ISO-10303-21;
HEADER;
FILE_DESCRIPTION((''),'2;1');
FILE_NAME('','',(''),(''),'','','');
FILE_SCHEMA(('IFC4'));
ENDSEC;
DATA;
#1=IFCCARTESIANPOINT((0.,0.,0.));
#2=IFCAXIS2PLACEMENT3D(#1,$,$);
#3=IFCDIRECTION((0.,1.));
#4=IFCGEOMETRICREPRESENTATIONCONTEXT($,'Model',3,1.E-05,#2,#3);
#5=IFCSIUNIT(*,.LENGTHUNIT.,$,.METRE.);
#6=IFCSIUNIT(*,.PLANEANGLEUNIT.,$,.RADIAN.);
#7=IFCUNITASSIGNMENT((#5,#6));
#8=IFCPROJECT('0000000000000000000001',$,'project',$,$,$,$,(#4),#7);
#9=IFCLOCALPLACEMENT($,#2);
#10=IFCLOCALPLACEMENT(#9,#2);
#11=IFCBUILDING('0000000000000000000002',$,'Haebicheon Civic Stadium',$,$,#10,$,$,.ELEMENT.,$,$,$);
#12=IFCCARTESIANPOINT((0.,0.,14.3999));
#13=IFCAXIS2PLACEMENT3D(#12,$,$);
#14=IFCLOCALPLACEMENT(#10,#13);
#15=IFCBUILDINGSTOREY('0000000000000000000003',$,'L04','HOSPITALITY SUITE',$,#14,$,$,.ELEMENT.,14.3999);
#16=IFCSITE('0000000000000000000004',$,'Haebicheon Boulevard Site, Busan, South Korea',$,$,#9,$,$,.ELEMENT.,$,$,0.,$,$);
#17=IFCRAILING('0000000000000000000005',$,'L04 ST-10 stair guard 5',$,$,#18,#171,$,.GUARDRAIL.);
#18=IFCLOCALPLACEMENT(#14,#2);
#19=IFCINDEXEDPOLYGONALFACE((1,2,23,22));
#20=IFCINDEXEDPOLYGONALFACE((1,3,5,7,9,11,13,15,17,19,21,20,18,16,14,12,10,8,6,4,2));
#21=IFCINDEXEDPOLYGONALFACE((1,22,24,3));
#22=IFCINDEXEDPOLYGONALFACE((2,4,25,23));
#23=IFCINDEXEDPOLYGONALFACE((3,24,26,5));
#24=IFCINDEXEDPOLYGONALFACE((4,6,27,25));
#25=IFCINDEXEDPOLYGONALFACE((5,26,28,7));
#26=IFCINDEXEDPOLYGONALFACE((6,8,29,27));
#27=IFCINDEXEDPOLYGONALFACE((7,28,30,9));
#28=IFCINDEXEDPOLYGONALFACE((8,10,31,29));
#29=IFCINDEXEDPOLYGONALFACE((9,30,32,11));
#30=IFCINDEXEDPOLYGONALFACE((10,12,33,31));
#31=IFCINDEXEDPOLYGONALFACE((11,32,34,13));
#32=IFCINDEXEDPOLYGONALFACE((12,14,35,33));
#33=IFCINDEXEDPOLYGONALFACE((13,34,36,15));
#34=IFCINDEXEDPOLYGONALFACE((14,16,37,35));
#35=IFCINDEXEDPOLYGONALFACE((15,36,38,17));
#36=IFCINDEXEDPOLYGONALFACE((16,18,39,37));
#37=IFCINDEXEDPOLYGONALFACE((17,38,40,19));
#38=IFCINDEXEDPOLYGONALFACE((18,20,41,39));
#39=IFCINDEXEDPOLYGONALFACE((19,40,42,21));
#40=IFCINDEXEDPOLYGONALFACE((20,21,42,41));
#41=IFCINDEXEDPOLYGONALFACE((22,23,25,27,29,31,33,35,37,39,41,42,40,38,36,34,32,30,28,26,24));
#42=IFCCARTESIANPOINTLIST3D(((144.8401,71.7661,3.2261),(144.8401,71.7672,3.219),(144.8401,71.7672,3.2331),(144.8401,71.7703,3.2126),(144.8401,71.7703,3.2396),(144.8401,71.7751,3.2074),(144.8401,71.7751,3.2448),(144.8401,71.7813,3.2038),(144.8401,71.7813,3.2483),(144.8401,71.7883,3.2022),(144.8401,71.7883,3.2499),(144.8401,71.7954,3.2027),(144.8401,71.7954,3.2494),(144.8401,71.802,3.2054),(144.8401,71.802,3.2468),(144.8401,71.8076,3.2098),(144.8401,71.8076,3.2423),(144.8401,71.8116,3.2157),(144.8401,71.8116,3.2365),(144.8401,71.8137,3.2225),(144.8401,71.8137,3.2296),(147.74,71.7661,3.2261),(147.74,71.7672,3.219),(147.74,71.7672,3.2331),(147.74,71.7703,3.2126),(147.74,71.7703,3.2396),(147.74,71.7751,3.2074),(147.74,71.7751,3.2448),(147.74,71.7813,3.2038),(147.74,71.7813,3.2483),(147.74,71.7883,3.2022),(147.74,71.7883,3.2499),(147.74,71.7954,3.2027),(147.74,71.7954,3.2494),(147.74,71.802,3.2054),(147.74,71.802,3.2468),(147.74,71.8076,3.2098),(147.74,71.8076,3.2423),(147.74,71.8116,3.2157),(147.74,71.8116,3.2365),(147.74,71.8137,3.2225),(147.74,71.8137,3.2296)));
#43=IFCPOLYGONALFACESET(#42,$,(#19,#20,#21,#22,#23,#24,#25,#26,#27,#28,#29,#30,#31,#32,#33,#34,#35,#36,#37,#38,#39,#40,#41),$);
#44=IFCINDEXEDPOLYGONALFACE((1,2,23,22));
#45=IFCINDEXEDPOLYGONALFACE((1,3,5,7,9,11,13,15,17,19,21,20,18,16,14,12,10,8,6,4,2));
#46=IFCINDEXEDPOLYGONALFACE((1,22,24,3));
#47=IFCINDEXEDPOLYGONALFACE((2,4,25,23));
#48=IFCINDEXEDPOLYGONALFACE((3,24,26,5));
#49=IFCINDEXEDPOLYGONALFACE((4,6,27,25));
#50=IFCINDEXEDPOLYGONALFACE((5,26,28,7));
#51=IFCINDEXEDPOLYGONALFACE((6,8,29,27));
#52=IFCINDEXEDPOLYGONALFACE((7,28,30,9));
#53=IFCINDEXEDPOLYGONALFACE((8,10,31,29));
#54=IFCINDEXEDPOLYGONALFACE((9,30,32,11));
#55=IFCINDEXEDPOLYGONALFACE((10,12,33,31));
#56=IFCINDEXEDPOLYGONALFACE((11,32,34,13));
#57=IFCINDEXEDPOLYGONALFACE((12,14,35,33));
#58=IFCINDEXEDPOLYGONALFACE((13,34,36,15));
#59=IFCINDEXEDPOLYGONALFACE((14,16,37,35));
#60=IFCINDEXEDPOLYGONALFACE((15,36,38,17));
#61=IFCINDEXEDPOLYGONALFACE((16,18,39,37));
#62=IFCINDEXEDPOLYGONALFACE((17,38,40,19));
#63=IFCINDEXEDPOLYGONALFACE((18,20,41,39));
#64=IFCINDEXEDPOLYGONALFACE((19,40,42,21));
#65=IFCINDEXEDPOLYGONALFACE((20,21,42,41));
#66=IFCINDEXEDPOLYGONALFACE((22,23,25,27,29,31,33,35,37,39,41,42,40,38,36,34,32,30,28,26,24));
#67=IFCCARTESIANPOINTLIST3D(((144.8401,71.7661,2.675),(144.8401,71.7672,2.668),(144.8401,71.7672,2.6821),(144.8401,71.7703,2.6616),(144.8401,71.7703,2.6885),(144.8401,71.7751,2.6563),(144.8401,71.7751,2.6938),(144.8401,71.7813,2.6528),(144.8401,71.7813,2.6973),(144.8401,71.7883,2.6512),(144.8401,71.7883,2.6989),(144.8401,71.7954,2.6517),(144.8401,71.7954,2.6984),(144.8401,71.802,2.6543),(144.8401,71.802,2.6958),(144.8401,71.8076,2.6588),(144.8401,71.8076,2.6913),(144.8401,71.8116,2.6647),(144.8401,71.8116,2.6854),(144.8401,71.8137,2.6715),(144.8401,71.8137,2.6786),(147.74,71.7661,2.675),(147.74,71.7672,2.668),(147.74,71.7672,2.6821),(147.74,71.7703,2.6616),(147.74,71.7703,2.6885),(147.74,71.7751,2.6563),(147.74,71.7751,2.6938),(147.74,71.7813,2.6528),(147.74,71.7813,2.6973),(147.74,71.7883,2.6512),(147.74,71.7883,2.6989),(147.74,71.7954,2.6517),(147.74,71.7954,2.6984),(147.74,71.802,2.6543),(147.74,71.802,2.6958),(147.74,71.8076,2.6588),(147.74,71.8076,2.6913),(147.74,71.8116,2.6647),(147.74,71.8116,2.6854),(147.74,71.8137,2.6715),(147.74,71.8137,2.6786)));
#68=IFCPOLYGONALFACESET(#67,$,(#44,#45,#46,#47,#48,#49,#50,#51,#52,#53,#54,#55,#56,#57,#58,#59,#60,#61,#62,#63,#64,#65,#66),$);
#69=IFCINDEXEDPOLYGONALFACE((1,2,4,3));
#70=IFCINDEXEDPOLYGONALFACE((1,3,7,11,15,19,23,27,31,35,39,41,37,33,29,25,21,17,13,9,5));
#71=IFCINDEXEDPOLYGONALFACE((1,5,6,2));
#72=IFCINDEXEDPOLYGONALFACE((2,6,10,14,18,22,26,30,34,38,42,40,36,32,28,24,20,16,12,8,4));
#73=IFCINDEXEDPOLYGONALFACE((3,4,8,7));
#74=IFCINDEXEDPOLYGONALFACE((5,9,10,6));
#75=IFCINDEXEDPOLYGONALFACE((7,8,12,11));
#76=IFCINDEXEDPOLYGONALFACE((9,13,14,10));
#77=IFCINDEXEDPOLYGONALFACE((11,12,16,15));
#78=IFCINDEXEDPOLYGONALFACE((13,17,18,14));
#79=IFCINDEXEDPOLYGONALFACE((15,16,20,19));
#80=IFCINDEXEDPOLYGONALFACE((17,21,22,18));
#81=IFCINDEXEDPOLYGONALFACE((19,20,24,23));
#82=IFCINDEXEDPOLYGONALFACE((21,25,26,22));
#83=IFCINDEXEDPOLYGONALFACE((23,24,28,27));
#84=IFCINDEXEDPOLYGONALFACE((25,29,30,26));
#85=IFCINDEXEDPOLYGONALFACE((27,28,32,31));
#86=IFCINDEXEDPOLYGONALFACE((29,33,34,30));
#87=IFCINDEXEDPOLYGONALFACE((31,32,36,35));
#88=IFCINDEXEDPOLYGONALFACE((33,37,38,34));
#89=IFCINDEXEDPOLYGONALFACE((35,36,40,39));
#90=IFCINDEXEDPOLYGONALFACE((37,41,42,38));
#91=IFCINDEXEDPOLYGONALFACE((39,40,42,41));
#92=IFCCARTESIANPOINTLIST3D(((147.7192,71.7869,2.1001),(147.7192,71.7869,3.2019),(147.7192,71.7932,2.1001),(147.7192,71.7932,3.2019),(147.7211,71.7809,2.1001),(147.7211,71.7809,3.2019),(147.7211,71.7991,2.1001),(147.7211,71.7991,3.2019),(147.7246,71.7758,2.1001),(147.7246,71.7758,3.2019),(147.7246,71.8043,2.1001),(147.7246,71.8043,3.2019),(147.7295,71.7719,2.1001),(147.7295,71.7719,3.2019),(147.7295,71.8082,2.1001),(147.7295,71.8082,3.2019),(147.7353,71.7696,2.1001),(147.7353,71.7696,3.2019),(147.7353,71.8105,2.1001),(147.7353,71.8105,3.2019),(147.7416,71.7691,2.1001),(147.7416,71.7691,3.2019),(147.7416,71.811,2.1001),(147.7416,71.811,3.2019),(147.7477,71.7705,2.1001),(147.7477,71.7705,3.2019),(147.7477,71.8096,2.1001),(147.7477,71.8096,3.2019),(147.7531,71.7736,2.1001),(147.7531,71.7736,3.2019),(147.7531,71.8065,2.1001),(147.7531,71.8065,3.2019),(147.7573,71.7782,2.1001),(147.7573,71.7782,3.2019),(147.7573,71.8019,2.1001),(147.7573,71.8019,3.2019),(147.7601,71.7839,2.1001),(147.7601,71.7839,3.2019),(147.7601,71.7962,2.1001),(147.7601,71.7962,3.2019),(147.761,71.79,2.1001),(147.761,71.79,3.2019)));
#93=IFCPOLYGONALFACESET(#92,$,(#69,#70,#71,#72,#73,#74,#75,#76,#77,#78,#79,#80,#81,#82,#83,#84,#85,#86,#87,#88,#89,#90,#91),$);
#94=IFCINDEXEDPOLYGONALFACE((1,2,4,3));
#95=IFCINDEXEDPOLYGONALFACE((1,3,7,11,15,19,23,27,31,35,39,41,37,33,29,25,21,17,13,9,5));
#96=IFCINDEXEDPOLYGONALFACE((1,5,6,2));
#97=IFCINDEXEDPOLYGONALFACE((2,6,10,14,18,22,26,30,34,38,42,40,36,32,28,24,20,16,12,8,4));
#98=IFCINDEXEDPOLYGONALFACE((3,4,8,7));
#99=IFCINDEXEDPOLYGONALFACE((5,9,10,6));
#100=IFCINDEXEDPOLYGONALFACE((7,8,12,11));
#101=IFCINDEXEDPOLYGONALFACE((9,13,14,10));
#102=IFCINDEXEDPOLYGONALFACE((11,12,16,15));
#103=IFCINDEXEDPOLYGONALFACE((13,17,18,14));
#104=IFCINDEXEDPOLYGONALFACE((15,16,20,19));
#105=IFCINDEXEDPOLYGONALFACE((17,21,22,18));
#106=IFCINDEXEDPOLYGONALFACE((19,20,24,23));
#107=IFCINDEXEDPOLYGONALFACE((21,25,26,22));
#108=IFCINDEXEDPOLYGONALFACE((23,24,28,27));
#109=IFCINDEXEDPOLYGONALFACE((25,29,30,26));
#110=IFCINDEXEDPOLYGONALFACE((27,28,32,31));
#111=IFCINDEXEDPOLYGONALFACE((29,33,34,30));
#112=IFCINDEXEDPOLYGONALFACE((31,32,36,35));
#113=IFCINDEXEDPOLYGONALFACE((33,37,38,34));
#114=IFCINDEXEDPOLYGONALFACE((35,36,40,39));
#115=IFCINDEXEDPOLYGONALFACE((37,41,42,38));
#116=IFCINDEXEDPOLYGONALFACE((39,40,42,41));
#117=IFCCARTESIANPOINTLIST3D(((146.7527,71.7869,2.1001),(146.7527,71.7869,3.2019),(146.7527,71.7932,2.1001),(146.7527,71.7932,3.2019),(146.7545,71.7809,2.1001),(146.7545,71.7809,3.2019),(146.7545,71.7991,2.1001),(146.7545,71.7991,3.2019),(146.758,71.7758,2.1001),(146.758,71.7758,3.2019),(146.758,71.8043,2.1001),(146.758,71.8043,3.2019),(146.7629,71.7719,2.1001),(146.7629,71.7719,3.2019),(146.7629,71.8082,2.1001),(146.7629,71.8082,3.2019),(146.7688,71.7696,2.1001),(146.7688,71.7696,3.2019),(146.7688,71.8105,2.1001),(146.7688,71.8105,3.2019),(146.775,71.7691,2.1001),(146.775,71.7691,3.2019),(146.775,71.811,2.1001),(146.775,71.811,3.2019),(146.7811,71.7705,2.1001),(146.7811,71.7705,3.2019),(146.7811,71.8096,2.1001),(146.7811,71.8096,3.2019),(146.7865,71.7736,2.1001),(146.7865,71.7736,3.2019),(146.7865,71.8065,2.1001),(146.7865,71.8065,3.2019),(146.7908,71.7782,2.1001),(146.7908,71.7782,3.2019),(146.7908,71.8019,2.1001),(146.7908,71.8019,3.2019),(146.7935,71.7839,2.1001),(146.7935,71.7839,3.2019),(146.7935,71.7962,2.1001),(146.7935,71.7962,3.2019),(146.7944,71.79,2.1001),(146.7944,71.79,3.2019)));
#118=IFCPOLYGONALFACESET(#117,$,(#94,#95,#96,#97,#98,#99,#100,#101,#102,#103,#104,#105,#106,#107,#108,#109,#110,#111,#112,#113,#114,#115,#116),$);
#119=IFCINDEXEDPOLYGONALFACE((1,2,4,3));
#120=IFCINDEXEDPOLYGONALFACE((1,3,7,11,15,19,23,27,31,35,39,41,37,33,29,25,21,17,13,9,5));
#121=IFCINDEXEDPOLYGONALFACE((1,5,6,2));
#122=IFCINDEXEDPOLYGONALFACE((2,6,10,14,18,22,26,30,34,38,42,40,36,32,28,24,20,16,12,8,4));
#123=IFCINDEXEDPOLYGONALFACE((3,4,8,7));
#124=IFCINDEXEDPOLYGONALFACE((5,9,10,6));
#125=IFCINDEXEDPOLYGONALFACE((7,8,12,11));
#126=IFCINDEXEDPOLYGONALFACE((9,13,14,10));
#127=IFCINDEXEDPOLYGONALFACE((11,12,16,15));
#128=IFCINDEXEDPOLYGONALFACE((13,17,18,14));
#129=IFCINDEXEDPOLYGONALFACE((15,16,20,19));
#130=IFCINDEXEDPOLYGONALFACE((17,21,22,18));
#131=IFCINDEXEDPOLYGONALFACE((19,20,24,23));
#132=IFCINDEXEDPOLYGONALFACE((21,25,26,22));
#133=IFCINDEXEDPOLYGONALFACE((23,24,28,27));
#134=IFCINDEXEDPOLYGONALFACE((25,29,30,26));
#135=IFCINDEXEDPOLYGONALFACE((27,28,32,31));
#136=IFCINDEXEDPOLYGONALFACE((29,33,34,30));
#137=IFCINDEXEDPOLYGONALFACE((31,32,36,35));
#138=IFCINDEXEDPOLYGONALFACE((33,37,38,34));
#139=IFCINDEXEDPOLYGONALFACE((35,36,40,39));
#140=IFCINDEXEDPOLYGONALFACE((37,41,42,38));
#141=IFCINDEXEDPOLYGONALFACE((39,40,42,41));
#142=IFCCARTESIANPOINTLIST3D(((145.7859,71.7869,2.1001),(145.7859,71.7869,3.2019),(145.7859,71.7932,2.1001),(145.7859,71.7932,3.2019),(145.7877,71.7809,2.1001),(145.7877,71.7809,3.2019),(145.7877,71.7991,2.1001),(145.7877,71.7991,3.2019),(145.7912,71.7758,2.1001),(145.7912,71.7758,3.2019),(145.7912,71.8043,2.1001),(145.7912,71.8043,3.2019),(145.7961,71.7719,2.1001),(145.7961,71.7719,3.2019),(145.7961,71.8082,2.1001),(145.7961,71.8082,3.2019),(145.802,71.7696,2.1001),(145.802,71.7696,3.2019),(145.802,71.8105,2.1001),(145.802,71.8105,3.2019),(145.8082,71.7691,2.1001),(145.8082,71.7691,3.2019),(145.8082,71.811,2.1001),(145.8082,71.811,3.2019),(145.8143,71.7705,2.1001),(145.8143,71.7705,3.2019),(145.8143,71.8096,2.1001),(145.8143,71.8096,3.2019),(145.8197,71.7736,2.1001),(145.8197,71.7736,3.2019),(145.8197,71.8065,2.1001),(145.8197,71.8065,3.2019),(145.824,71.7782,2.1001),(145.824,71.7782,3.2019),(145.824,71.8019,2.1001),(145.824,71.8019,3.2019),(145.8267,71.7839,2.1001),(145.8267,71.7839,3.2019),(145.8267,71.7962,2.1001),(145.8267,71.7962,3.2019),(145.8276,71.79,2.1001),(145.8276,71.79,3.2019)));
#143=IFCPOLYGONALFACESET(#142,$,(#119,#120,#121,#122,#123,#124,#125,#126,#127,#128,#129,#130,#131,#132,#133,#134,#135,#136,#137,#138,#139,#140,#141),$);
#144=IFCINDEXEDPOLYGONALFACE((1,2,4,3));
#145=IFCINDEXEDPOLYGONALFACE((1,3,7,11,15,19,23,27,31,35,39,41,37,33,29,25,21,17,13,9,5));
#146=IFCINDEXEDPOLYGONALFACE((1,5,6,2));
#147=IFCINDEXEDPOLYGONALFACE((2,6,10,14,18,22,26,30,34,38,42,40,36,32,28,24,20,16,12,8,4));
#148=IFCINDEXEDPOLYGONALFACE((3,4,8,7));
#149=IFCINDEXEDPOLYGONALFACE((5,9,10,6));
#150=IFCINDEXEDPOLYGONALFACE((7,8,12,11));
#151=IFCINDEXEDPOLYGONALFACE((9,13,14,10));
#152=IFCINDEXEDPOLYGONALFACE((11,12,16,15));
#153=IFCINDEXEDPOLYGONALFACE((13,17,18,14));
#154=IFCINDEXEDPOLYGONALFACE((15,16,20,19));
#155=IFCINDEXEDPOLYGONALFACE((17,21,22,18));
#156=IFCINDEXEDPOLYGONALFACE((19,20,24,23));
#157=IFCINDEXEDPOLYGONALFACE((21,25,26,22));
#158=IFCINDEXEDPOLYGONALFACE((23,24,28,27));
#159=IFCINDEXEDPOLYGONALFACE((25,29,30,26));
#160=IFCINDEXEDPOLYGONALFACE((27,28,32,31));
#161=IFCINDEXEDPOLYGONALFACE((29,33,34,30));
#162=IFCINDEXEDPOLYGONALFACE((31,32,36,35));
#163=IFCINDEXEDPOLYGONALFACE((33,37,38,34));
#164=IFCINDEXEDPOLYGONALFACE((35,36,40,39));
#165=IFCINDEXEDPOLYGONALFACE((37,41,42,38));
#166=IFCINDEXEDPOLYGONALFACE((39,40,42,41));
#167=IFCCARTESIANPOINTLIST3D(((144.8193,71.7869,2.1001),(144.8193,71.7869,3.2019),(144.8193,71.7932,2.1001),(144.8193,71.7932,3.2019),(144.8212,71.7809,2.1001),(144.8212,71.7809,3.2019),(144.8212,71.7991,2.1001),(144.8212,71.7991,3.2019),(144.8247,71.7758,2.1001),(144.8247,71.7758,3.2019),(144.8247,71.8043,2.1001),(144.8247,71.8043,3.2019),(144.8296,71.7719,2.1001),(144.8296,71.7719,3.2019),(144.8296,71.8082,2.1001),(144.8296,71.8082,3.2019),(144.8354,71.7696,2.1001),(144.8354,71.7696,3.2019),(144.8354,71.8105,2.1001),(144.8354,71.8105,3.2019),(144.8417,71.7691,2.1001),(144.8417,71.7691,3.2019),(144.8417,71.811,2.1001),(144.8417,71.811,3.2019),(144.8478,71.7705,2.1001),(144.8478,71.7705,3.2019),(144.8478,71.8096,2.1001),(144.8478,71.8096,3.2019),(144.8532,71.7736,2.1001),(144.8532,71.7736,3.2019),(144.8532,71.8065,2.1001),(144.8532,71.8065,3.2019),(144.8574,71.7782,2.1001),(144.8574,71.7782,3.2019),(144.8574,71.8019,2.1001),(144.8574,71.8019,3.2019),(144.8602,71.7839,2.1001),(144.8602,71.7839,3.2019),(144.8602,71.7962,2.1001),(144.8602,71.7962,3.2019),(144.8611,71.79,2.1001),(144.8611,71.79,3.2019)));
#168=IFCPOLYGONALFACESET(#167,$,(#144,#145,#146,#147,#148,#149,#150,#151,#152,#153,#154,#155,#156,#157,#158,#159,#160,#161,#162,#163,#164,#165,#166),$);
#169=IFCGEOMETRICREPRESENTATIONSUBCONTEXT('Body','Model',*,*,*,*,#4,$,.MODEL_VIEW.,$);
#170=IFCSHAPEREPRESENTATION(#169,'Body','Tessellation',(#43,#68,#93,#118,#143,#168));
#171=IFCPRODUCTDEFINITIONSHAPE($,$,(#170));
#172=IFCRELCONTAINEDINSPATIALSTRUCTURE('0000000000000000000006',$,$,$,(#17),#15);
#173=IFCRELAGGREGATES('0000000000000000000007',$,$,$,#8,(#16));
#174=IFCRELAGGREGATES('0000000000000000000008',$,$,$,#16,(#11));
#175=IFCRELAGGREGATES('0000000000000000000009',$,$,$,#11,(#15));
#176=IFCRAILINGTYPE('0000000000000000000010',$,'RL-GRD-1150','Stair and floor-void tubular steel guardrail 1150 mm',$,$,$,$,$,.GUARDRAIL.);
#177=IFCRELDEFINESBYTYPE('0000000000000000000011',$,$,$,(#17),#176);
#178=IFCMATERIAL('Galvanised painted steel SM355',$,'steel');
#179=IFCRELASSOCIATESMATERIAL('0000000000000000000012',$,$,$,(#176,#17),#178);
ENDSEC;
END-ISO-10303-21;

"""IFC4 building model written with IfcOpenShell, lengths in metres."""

from ifc_helpers import new_model, si_unit, direction, frame, origin, origin_2d, place, context, subcontext, project, spatial, circle, extrude, material, type_object, element, save


model = new_model("IFC4")

# Units and contexts
model_context = context("Model", 3, precision=1e-05, world=origin(), true_north=direction((0.0, 1.0)))
body_context = subcontext(model_context, "Body", "Model", "MODEL_VIEW")
ifc_project = project(units=[si_unit("LENGTHUNIT", "METRE"), si_unit("PLANEANGLEUNIT", "RADIAN")], contexts=[model_context])

# Site, building, storey
site_placement = place(None, origin())
site = spatial("IfcSite", under=ifc_project, at=site_placement, Name="Haebicheon Boulevard Site, Busan, South Korea", CompositionType="ELEMENT", RefElevation=0.0)
building_placement = place(site_placement, origin())
building = spatial("IfcBuilding", under=site, at=building_placement, Name="Haebicheon Civic Stadium", CompositionType="ELEMENT")
storey_placement = place(building_placement, frame((0.0, 0.0, 14.3999)))
storey = spatial("IfcBuildingStorey", under=building, at=storey_placement, Name="L04", Description="HOSPITALITY SUITE", CompositionType="ELEMENT", Elevation=14.3999)

# Railing
ifc_material_1 = material(Name="Galvanised painted steel SM355", Category="steel")
railing_type = type_object("IfcRailingType", Name="RL-GRD-1150", Description="Stair and floor-void tubular steel guardrail 1150 mm", PredefinedType="GUARDRAIL", material=ifc_material_1)
railing_1_placement = place(storey_placement, frame((147.74, 71.79, 2.1001)))
element("IfcRailing", 1, at=railing_1_placement, inside=storey, type_object=railing_type, material=ifc_material_1, Name="L04 ST-10 stair guard 5", PredefinedType="GUARDRAIL", context=body_context, shape_type="SweptSolid", body=[
    extrude(circle(Radius=0.0239, at=origin_2d()), frame((0.0, 0.0, 1.126), z_axis=(-1.0, 0.0, 0.0), x_axis=(0.0, -1.0, 0.0)), (0.0, 0.0, 1.0), 2.8999),
    extrude(circle(Radius=0.0239, at=origin_2d()), frame((0.0, 0.0, 0.575), z_axis=(-1.0, 0.0, 0.0), x_axis=(0.0, -1.0, 0.0)), (0.0, 0.0, 1.0), 2.8999),
    extrude(circle(Radius=0.021, at=origin_2d()), origin(), (0.0, 0.0, 1.0), 1.1018),
    extrude(circle(Radius=0.021, at=origin_2d()), frame((-0.9666, 0.0, 0.0)), (0.0, 0.0, 1.0), 1.1018),
    extrude(circle(Radius=0.021, at=origin_2d()), frame((-1.9333, 0.0, 0.0)), (0.0, 0.0, 1.0), 1.1018),
    extrude(circle(Radius=0.021, at=origin_2d()), frame((-2.8999, 0.0, 0.0)), (0.0, 0.0, 1.0), 1.1018),
])

save(model, "model.ifc")
